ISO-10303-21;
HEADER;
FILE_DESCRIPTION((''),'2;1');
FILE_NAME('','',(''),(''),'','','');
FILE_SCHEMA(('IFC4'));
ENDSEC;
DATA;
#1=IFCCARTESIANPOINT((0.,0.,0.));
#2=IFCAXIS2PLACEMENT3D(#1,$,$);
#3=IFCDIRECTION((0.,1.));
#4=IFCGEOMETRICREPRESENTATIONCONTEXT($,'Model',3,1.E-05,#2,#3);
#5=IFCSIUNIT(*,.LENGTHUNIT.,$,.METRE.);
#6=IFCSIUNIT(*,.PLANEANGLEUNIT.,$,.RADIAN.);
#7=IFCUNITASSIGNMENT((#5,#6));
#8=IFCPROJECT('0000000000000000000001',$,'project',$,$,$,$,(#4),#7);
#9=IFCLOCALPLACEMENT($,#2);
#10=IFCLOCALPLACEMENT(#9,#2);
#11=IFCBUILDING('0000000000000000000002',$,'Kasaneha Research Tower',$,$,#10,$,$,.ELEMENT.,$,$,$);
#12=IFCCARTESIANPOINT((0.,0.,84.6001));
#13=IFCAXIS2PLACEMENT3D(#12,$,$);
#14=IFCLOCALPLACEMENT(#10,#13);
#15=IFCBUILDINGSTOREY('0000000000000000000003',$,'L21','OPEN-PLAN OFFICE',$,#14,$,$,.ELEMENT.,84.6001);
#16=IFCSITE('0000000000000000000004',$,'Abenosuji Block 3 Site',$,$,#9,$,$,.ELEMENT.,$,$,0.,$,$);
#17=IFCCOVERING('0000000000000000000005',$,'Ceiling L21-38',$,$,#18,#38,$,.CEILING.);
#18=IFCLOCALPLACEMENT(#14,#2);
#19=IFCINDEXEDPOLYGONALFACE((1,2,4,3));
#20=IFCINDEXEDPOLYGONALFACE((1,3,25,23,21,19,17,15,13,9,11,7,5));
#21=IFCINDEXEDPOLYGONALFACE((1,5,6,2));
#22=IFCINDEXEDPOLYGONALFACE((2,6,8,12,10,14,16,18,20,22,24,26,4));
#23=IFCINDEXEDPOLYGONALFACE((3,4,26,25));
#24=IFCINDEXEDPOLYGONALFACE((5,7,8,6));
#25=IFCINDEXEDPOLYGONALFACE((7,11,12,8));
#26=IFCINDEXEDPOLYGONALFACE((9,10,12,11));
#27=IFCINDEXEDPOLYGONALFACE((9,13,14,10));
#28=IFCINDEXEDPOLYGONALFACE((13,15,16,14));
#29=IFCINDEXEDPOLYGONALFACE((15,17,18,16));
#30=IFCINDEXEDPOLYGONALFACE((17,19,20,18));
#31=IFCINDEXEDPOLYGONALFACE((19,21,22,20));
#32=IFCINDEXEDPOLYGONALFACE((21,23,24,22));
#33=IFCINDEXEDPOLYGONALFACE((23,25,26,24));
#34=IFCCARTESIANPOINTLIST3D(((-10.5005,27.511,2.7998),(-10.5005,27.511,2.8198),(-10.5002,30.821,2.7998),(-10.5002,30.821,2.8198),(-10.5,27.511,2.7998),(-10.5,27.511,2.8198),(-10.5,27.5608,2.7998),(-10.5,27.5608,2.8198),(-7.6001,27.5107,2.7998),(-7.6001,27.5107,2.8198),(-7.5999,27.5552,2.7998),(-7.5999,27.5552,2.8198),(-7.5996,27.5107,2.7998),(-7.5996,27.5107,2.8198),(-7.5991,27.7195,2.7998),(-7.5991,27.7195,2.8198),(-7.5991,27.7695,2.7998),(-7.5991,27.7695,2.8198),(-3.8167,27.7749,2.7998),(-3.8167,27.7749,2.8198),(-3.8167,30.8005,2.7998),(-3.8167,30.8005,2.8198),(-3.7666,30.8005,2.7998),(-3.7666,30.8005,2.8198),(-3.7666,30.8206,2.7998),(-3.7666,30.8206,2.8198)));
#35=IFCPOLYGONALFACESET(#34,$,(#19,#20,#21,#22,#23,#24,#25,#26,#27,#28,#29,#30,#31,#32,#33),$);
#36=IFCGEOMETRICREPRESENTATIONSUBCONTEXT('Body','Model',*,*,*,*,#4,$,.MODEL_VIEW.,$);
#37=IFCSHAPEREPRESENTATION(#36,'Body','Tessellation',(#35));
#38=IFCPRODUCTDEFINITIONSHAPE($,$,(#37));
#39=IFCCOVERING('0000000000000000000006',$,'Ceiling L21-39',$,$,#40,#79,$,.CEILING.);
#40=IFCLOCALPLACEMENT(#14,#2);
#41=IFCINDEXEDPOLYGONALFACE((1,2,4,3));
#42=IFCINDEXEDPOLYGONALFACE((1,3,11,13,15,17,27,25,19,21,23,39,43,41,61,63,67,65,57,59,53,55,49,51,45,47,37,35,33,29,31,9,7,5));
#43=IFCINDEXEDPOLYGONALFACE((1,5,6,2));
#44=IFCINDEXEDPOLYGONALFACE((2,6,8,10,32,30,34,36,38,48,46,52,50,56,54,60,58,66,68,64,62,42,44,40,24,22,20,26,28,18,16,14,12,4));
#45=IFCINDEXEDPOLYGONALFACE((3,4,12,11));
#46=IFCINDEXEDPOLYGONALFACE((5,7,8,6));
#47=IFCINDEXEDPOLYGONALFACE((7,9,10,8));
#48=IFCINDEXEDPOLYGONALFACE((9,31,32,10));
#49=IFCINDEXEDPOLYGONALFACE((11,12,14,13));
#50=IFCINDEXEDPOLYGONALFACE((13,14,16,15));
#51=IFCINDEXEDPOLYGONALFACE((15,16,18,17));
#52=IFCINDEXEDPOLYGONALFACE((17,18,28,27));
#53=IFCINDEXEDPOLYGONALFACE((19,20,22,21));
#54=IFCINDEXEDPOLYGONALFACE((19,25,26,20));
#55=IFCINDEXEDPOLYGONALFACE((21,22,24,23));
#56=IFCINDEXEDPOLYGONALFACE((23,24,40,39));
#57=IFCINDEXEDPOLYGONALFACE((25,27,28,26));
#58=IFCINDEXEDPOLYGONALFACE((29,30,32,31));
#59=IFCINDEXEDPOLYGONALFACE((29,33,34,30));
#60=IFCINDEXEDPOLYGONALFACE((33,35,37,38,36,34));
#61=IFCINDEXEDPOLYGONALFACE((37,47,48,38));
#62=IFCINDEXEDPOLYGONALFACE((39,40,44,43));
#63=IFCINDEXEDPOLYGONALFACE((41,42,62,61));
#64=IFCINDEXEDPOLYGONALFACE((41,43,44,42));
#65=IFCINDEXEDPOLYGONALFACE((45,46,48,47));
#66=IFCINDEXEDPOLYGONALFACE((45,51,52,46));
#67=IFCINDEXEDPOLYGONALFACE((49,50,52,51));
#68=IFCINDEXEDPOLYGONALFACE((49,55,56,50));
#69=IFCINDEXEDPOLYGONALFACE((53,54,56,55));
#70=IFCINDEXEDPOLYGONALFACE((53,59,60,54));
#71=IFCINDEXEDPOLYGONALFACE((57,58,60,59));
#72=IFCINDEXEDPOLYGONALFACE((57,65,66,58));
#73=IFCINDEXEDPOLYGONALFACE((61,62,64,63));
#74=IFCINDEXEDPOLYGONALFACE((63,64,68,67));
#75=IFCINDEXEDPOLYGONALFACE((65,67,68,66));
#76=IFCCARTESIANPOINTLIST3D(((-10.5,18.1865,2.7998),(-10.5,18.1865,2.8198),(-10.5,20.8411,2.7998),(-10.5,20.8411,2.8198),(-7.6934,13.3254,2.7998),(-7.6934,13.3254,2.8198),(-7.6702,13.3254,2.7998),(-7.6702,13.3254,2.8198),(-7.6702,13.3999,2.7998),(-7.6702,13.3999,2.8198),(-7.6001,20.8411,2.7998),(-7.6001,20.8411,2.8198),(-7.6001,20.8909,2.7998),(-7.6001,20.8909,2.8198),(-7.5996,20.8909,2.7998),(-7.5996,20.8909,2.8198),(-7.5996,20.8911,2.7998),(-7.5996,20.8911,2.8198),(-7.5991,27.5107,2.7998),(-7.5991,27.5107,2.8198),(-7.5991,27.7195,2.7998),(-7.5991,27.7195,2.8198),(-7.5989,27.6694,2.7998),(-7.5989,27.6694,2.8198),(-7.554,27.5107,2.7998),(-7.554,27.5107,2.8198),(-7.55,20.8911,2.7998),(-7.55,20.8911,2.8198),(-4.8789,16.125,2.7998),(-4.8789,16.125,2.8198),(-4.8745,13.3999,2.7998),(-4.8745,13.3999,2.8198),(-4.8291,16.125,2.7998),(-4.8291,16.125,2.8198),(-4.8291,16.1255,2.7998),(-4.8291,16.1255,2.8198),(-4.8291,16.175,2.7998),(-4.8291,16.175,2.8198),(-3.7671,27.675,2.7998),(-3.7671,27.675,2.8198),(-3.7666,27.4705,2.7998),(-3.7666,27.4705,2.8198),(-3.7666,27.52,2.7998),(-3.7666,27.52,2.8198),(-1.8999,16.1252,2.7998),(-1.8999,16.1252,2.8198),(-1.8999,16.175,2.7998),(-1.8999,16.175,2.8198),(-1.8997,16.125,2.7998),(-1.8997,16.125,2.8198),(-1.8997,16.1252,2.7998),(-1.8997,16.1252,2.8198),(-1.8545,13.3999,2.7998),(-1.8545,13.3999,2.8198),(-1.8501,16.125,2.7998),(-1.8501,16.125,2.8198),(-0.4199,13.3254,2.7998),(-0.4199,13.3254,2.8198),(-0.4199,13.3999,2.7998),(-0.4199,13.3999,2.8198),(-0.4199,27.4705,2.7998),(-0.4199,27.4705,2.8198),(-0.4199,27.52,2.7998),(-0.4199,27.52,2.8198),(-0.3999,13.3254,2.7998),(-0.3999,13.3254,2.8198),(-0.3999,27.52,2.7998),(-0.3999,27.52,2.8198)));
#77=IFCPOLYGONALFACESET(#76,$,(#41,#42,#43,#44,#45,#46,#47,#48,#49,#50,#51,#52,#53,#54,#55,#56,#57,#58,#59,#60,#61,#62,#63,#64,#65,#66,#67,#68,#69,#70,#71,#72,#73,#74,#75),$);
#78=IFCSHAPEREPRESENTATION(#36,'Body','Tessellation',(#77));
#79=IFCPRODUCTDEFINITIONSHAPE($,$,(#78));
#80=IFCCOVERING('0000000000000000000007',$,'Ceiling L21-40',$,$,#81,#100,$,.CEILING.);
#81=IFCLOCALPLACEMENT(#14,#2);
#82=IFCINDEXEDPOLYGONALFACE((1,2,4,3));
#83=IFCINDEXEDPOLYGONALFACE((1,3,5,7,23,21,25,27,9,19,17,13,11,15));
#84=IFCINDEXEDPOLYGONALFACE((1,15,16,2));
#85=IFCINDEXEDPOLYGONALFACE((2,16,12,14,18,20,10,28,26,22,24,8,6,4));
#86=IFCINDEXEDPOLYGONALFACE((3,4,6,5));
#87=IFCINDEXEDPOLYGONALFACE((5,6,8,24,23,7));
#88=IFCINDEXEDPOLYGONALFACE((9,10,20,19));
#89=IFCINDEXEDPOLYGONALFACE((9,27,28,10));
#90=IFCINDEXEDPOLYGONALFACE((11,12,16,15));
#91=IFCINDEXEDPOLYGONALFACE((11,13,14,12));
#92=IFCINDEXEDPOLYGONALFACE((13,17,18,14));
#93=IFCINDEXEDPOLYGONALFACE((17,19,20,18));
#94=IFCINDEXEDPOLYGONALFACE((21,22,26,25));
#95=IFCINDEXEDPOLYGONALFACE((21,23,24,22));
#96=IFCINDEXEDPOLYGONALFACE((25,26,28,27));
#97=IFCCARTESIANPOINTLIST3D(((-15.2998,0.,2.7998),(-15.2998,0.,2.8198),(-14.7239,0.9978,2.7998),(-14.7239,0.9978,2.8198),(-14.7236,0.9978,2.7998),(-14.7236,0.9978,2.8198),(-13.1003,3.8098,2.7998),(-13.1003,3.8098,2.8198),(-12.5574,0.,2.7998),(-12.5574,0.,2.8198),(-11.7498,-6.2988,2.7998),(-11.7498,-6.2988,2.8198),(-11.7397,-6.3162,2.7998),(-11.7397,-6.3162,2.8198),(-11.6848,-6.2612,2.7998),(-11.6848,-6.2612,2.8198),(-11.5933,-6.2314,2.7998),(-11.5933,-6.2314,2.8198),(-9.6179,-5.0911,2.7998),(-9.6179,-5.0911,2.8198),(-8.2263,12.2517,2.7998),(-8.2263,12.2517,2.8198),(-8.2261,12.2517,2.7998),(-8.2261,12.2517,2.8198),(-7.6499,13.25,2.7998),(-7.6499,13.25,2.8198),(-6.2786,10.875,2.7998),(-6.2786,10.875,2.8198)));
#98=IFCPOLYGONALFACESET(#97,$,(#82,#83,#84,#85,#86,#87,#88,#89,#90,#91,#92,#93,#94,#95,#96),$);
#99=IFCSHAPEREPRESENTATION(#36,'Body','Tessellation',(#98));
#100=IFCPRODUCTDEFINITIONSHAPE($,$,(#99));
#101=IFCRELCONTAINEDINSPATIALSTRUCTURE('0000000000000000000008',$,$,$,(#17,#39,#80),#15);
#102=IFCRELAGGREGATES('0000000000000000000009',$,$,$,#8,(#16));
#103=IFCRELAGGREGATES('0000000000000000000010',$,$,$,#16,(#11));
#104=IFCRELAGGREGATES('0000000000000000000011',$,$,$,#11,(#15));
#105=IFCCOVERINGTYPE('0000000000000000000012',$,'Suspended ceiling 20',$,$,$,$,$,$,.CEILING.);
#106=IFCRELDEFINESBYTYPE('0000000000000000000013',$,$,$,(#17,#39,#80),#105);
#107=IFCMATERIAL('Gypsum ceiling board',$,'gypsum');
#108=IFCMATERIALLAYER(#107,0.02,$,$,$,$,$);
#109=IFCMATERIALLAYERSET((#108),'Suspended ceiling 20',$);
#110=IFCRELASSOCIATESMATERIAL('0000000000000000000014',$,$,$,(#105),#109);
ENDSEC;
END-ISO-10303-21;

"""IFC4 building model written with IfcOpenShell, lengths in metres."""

from ifc_helpers import new_model, si_unit, direction, frame, origin, place, context, subcontext, project, spatial, polyline, outline, extrude, material, layer, layer_set, type_object, element, save


model = new_model("IFC4")

# Units and contexts
model_context = context("Model", 3, precision=1e-05, world=origin(), true_north=direction((0.0, 1.0)))
body_context = subcontext(model_context, "Body", "Model", "MODEL_VIEW")
ifc_project = project(units=[si_unit("LENGTHUNIT", "METRE"), si_unit("PLANEANGLEUNIT", "RADIAN")], contexts=[model_context])

# Site, building, storey
site_placement = place(None, origin())
site = spatial("IfcSite", under=ifc_project, at=site_placement, Name="Abenosuji Block 3 Site", CompositionType="ELEMENT", RefElevation=0.0)
building_placement = place(site_placement, origin())
building = spatial("IfcBuilding", under=site, at=building_placement, Name="Kasaneha Research Tower", CompositionType="ELEMENT")
storey_placement = place(building_placement, frame((0.0, 0.0, 84.6001)))
storey = spatial("IfcBuildingStorey", under=building, at=storey_placement, Name="L21", Description="OPEN-PLAN OFFICE", CompositionType="ELEMENT", Elevation=84.6001)

# Coverings
ifc_material_1 = material(Name="Gypsum ceiling board", Category="gypsum")
ifc_layer_1 = layer(ifc_material_1, 0.02)
ifc_layer_set_1 = layer_set([ifc_layer_1], Name="Suspended ceiling 20")
covering_type = type_object("IfcCoveringType", Name="Suspended ceiling 20", PredefinedType="CEILING", material=ifc_layer_set_1)
covering_1_placement = place(storey_placement, frame((0.0, 0.0, 2.7998)))
element("IfcCovering", 1, at=covering_1_placement, inside=storey, type_object=covering_type, Name="Ceiling L21-38", PredefinedType="CEILING", context=body_context, shape_type="SweptSolid", body=[
    extrude(outline(polyline([(-7.5996, 27.5107), (-7.6001, 27.5107), (-7.5999, 27.5552), (-10.5, 27.5608), (-10.5, 27.511), (-10.5005, 27.511), (-10.5002, 30.821), (-3.7666, 30.8206), (-3.7666, 30.8005), (-3.8167, 30.8005), (-3.8167, 27.7749), (-7.5991, 27.7695), (-7.5991, 27.7195), (-7.5996, 27.5107)])), origin(), (0.0, 0.0, 1.0), 0.02),
])
covering_2_placement = place(storey_placement, frame((0.0, 0.0, 2.7998)))
element("IfcCovering", 2, at=covering_2_placement, inside=storey, type_object=covering_type, Name="Ceiling L21-39", PredefinedType="CEILING", context=body_context, shape_type="SweptSolid", body=[
    extrude(outline(polyline([(-1.8999, 16.1252), (-1.8999, 16.175), (-4.8291, 16.175), (-4.8291, 16.1255), (-4.8291, 16.125), (-4.8789, 16.125), (-4.8745, 13.3999), (-7.6702, 13.3999), (-7.6702, 13.3254), (-7.6934, 13.3254), (-10.5, 18.1865), (-10.5, 20.8411), (-7.6001, 20.8411), (-7.6001, 20.8909), (-7.5996, 20.8909), (-7.5996, 20.8911), (-7.55, 20.8911), (-7.554, 27.5107), (-7.5991, 27.5107), (-7.5991, 27.7195), (-7.5989, 27.6694), (-3.7671, 27.675), (-3.7666, 27.52), (-3.7666, 27.52), (-3.7666, 27.4705), (-0.4199, 27.4705), (-0.4199, 27.52), (-0.3999, 27.52), (-0.3999, 13.3254), (-0.4199, 13.3254), (-0.4199, 13.3999), (-1.8545, 13.3999), (-1.8501, 16.125), (-1.8997, 16.125), (-1.8997, 16.1252), (-1.8999, 16.1252)])), origin(), (0.0, 0.0, 1.0), 0.02),
])
covering_3_placement = place(storey_placement, frame((0.0, 0.0, 2.7998)))
element("IfcCovering", 3, at=covering_3_placement, inside=storey, type_object=covering_type, Name="Ceiling L21-40", PredefinedType="CEILING", context=body_context, shape_type="SweptSolid", body=[
    extrude(outline(polyline([(-12.5574, 0.0), (-9.6179, -5.0911), (-11.5933, -6.2314), (-11.7397, -6.3162), (-11.7498, -6.2988), (-11.6848, -6.2612), (-15.2998, 0.0), (-14.7239, 0.9978), (-14.7236, 0.9978), (-13.1003, 3.8098), (-13.1003, 3.8098), (-8.2261, 12.2517), (-8.2263, 12.2517), (-7.6499, 13.25), (-6.2786, 10.875), (-12.5574, 0.0)])), origin(), (0.0, 0.0, 1.0), 0.02),
])

save(model, "model.ifc")
